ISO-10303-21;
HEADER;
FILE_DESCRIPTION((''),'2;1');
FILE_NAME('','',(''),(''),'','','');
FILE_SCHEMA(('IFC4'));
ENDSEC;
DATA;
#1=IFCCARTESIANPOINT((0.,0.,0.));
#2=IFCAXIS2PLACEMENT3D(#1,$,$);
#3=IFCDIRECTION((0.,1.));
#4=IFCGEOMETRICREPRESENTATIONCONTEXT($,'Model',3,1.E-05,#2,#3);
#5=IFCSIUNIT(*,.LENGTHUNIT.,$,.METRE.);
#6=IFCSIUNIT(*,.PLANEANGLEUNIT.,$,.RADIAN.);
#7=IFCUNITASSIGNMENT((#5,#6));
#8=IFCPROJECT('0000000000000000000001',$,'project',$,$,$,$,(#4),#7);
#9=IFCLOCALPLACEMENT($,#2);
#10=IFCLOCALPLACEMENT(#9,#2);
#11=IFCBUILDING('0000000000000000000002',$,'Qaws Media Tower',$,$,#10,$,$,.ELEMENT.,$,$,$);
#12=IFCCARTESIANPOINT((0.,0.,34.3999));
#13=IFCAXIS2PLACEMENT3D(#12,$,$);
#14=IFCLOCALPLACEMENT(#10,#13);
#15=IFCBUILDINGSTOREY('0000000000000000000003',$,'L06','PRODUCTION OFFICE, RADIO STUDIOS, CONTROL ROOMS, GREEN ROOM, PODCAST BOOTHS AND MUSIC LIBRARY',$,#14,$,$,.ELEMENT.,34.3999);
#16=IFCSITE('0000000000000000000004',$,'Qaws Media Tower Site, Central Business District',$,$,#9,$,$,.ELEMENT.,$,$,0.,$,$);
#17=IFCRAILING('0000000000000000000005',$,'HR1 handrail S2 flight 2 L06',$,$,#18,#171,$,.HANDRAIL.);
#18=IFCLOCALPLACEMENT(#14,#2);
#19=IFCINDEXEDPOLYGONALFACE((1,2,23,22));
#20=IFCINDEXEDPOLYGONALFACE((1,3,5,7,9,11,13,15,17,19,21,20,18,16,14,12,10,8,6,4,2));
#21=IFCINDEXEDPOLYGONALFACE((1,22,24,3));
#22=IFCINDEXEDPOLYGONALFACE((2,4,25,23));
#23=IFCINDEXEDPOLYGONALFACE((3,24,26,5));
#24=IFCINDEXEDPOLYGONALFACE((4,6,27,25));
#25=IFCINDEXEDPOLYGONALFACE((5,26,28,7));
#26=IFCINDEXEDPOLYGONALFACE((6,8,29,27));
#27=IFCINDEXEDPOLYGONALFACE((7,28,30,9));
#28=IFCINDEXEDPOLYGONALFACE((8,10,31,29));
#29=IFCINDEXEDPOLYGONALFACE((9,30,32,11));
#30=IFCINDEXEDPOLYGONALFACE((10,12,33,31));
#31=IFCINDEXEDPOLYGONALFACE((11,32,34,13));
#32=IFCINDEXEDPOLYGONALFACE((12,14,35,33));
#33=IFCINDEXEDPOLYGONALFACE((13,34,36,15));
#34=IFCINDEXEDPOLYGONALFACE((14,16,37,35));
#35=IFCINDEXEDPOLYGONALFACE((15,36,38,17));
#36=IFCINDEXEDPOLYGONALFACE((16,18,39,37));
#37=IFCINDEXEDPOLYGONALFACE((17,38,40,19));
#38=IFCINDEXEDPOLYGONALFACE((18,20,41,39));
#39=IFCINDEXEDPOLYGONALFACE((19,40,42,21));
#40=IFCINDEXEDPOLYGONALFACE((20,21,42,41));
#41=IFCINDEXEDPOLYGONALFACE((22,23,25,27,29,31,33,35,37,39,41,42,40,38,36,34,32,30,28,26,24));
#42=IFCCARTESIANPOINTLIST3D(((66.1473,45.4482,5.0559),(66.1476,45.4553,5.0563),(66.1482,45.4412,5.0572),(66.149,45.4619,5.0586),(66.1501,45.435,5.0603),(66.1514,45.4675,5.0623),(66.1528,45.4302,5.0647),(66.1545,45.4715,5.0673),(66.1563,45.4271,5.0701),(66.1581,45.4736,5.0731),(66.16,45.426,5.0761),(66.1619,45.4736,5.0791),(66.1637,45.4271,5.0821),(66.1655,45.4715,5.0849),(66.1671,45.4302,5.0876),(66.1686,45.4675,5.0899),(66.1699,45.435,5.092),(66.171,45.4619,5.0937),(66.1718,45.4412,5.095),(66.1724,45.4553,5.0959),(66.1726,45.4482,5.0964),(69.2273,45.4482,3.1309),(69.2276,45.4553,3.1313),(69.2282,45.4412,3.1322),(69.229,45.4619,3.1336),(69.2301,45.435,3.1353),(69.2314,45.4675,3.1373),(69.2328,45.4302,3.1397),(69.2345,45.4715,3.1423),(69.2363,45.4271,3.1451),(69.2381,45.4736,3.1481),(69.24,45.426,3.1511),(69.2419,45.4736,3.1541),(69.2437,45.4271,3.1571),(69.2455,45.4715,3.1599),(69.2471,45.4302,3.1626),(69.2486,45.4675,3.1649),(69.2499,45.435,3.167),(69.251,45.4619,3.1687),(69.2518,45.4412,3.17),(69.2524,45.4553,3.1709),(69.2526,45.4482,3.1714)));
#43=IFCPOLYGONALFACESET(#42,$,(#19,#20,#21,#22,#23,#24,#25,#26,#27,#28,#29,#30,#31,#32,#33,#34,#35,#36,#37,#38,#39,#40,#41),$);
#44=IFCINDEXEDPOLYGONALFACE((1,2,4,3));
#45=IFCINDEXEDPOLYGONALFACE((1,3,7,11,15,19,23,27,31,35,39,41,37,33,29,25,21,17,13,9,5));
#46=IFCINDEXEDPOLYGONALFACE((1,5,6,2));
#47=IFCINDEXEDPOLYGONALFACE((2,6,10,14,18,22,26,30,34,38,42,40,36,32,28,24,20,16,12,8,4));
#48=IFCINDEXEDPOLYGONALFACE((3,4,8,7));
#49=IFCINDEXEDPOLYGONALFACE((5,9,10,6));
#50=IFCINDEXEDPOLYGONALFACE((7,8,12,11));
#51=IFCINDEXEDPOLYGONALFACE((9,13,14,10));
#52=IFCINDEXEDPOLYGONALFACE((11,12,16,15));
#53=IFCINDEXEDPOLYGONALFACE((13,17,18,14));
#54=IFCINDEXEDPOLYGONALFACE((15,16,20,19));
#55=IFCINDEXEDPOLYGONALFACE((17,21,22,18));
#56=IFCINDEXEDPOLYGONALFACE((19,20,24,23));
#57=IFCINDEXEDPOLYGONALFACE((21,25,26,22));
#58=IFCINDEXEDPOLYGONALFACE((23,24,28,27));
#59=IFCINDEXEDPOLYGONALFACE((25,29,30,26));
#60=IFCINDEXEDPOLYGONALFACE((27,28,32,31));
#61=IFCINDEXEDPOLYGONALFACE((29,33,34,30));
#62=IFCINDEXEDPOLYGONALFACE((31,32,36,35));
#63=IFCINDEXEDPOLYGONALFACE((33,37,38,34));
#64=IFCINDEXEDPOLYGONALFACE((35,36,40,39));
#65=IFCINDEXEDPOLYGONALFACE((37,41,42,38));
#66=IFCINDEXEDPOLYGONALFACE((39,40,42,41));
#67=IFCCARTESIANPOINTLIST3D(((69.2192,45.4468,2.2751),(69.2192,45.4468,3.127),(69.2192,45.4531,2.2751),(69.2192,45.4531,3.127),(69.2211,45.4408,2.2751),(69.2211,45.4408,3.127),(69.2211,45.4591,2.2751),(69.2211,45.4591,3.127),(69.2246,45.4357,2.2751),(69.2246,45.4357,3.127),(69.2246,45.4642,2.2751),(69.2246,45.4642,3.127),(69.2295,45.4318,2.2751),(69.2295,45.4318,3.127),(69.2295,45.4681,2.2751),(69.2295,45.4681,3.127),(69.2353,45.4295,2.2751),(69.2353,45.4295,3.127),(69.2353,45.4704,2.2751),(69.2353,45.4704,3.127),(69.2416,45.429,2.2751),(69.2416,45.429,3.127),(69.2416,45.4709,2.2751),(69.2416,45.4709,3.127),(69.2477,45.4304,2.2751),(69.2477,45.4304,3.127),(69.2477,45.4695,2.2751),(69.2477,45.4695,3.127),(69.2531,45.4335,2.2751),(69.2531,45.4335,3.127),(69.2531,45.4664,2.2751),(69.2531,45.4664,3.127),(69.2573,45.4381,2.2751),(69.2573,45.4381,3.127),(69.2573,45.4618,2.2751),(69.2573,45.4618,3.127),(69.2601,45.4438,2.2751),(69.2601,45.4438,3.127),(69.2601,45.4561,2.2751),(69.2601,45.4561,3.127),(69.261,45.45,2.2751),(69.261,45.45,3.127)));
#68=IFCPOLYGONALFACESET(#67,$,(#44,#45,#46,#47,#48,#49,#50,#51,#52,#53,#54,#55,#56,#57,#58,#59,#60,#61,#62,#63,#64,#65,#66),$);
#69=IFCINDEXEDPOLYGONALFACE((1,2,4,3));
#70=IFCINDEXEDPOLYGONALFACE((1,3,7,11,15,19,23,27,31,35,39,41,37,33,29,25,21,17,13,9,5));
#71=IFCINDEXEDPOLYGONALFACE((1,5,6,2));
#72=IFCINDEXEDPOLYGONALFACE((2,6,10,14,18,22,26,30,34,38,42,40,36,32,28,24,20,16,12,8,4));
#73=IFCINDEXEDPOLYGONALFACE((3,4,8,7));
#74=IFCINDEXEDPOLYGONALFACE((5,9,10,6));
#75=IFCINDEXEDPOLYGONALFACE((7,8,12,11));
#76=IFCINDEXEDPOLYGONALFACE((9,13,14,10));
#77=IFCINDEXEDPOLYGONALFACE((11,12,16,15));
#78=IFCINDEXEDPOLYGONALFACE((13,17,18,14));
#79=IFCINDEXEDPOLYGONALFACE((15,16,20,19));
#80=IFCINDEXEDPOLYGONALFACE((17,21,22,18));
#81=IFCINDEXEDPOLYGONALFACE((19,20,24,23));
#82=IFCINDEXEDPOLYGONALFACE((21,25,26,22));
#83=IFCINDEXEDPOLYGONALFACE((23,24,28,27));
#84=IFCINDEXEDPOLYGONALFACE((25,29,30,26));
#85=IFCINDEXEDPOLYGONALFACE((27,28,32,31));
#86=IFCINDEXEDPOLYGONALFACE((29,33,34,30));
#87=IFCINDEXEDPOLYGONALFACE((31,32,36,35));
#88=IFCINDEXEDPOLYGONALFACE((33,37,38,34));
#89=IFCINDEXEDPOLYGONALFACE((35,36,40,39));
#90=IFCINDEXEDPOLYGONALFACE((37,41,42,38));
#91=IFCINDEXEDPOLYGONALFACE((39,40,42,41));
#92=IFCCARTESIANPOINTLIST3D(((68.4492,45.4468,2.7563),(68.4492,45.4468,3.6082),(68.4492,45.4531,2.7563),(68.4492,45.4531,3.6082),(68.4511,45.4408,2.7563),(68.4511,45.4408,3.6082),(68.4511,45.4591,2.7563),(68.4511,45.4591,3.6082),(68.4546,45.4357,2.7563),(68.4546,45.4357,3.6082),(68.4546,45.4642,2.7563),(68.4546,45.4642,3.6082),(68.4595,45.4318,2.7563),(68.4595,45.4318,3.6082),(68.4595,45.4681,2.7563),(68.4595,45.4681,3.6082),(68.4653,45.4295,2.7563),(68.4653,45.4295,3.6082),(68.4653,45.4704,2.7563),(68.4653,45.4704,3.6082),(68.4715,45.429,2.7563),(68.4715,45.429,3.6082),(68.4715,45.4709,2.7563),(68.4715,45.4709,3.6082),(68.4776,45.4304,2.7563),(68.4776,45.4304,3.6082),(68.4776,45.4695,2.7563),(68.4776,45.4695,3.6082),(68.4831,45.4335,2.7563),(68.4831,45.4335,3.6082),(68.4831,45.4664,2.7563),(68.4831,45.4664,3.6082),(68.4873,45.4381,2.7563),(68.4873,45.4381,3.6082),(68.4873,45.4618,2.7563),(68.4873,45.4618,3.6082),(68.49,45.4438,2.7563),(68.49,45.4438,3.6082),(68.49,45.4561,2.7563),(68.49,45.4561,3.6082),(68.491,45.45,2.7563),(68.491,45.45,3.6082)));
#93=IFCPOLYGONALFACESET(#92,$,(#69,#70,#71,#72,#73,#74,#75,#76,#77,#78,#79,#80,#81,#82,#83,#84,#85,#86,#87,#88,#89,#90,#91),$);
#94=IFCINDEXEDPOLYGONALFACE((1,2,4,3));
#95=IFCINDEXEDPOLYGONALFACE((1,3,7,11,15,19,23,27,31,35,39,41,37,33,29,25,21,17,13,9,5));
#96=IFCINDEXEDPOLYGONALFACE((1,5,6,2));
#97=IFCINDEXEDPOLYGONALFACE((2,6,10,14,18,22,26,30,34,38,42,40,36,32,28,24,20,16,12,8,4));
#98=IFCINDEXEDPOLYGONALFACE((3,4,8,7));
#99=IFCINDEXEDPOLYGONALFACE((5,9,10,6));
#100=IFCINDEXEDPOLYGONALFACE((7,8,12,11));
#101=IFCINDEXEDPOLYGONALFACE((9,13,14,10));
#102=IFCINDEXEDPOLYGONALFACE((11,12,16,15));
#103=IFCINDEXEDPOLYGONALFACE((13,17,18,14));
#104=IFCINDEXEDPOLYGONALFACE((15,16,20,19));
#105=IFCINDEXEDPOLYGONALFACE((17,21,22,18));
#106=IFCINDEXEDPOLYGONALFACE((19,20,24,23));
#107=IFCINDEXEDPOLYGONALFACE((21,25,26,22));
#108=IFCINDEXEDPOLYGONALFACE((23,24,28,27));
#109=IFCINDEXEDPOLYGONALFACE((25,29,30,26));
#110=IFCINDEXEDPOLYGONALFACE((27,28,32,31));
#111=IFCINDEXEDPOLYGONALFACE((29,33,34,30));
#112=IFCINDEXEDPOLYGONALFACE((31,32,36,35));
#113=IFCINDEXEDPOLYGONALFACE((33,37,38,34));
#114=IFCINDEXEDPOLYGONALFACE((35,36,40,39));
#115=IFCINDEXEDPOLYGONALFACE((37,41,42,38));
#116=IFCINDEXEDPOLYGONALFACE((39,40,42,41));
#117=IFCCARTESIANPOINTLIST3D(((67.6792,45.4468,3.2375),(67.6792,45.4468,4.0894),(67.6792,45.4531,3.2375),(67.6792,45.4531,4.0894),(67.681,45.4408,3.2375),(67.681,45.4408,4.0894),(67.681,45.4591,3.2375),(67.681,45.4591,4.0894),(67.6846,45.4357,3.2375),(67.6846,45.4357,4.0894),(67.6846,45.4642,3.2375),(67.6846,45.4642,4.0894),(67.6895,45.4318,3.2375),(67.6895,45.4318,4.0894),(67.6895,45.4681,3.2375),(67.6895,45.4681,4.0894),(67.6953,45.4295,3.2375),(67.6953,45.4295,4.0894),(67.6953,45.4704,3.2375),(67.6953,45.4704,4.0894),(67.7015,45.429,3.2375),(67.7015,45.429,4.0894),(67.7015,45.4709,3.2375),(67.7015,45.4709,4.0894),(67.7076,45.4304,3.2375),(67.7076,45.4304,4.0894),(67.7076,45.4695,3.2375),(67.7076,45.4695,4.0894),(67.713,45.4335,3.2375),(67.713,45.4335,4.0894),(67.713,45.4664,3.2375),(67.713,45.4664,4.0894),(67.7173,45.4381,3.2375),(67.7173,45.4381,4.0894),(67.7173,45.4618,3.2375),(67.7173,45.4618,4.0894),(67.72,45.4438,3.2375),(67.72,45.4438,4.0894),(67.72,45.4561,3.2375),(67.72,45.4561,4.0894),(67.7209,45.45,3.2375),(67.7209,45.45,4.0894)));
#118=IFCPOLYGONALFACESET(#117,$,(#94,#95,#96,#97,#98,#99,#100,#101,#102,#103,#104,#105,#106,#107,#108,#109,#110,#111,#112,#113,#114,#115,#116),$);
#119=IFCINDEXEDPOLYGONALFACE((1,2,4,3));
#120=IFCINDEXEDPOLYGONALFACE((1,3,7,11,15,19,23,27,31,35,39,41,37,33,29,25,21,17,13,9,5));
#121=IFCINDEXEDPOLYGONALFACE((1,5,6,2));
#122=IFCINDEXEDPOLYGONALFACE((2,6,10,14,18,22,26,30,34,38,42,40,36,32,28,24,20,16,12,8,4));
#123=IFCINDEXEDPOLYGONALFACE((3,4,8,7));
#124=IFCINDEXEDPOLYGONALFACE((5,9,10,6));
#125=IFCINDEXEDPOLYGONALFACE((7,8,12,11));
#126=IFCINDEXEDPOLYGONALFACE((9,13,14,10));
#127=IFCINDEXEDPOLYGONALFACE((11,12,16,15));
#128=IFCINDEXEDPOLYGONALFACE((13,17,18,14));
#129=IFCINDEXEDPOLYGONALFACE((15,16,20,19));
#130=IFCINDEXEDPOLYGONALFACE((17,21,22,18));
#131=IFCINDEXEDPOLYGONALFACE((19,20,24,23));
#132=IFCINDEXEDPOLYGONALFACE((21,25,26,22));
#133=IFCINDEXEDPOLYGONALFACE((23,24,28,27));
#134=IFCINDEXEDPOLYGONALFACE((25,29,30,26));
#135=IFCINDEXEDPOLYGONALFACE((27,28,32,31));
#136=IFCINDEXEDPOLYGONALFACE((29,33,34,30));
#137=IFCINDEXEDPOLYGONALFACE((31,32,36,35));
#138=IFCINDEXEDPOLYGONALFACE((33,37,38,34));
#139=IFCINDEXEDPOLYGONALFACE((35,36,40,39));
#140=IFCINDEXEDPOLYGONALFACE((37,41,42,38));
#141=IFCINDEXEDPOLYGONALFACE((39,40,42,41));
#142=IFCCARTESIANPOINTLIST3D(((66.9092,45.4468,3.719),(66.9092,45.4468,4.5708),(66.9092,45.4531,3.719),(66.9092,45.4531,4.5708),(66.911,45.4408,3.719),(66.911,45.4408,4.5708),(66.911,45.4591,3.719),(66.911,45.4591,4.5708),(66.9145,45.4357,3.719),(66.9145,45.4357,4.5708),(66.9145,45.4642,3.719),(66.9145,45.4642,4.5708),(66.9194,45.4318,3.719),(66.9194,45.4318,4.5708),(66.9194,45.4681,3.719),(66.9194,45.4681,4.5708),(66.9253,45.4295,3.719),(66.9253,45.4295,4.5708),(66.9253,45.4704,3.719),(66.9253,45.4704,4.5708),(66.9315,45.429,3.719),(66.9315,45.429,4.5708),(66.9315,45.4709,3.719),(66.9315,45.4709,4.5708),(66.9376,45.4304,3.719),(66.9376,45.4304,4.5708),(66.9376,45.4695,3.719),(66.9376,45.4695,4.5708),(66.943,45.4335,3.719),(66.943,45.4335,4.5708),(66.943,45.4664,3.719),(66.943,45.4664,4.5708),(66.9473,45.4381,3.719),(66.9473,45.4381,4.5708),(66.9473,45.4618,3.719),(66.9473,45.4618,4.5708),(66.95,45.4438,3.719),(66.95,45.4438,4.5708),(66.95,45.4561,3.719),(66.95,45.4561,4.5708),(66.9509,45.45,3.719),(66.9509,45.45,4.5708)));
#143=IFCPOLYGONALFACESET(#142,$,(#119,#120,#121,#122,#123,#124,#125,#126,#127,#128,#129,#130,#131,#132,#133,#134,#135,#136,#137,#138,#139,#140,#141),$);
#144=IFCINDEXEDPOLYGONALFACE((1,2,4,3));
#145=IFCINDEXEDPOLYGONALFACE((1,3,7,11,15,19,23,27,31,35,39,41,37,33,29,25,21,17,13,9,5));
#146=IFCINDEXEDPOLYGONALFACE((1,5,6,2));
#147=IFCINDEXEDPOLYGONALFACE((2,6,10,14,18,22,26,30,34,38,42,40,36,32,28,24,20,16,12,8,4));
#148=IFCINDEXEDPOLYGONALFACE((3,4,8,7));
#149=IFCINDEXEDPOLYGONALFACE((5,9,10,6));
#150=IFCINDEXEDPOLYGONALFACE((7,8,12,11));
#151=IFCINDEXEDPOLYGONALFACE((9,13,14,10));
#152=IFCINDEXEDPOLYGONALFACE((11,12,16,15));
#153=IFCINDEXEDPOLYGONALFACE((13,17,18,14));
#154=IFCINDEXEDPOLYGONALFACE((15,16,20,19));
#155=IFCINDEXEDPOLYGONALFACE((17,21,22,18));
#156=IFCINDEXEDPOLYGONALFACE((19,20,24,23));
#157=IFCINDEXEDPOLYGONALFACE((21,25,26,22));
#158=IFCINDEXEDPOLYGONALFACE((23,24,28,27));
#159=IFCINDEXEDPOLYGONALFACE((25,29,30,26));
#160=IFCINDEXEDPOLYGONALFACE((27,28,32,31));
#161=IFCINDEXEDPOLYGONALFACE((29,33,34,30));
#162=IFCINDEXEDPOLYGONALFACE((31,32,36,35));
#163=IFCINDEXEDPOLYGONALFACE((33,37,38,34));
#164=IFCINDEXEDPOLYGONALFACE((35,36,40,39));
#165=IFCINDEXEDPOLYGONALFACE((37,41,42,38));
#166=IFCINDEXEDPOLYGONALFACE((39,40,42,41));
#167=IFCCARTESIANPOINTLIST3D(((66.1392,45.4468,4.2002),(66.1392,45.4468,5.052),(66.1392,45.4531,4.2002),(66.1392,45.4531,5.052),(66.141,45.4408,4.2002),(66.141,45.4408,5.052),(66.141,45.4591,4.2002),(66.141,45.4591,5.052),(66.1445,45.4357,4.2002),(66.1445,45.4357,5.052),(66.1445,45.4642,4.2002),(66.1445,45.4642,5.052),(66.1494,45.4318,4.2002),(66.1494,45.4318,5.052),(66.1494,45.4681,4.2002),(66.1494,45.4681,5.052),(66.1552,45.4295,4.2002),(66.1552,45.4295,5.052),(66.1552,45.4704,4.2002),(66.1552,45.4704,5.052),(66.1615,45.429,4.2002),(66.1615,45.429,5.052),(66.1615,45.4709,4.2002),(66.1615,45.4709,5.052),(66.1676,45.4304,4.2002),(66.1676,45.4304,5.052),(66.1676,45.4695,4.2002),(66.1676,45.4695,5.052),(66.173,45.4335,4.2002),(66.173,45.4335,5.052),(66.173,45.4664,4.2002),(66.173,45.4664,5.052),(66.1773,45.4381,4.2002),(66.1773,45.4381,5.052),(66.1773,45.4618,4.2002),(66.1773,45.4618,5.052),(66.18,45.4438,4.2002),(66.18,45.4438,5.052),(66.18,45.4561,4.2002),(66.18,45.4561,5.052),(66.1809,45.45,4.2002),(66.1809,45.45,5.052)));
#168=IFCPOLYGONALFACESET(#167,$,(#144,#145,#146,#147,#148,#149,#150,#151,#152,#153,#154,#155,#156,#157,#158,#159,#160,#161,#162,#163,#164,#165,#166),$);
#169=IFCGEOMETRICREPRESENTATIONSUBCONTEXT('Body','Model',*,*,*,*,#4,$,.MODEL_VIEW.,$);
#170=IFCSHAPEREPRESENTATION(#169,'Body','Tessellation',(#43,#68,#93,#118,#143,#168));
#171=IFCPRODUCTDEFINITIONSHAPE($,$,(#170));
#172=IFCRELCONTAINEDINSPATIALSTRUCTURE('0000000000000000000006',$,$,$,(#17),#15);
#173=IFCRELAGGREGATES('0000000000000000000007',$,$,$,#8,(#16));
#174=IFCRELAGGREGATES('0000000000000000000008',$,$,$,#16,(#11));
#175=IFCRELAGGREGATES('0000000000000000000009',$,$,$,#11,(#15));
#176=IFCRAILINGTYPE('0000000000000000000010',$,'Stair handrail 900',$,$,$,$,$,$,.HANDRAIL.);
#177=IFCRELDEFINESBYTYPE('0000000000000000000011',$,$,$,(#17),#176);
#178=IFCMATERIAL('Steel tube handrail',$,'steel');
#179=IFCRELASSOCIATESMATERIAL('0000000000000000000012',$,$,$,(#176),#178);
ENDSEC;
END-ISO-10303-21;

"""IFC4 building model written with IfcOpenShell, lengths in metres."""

from ifc_helpers import new_model, si_unit, direction, frame, origin, origin_2d, place, context, subcontext, project, spatial, circle, extrude, material, type_object, element, save


model = new_model("IFC4")

# Units and contexts
model_context = context("Model", 3, precision=1e-05, world=origin(), true_north=direction((0.0, 1.0)))
body_context = subcontext(model_context, "Body", "Model", "MODEL_VIEW")
ifc_project = project(units=[si_unit("LENGTHUNIT", "METRE"), si_unit("PLANEANGLEUNIT", "RADIAN")], contexts=[model_context])

# Site, building, storey
site_placement = place(None, origin())
site = spatial("IfcSite", under=ifc_project, at=site_placement, Name="Qaws Media Tower Site, Central Business District", CompositionType="ELEMENT", RefElevation=0.0)
building_placement = place(site_placement, origin())
building = spatial("IfcBuilding", under=site, at=building_placement, Name="Qaws Media Tower", CompositionType="ELEMENT")
storey_placement = place(building_placement, frame((0.0, 0.0, 34.3999)))
storey = spatial("IfcBuildingStorey", under=building, at=storey_placement, Name="L06", Description="PRODUCTION OFFICE, RADIO STUDIOS, CONTROL ROOMS, GREEN ROOM, PODCAST BOOTHS AND MUSIC LIBRARY", CompositionType="ELEMENT", Elevation=34.3999)

# Railing
ifc_material_1 = material(Name="Steel tube handrail", Category="steel")
railing_type = type_object("IfcRailingType", Name="Stair handrail 900", PredefinedType="HANDRAIL", material=ifc_material_1)
railing_1_placement = place(storey_placement, frame((69.24, 45.45, 2.2751)))
element("IfcRailing", 1, at=railing_1_placement, inside=storey, type_object=railing_type, Name="HR1 handrail S2 flight 2 L06", PredefinedType="HANDRAIL", context=body_context, shape_type="SweptSolid", body=[
    extrude(circle(Radius=0.0239, at=origin_2d()), frame((0.0, 0.0, 0.876), z_axis=(-0.847998, 0.0, 0.529999), x_axis=(0.0, -1.0, 0.0)), (0.0, 0.0, 1.0), 3.6321),
    extrude(circle(Radius=0.021, at=origin_2d()), origin(), (0.0, 0.0, 1.0), 0.8518),
    extrude(circle(Radius=0.021, at=origin_2d()), frame((-0.77, 0.0, 0.4812)), (0.0, 0.0, 1.0), 0.8518),
    extrude(circle(Radius=0.021, at=origin_2d()), frame((-1.54, 0.0, 0.9624)), (0.0, 0.0, 1.0), 0.8518),
    extrude(circle(Radius=0.021, at=origin_2d()), frame((-2.3101, 0.0, 1.4438)), (0.0, 0.0, 1.0), 0.8518),
    extrude(circle(Radius=0.021, at=origin_2d()), frame((-3.0801, 0.0, 1.925)), (0.0, 0.0, 1.0), 0.8518),
])

save(model, "model.ifc")
